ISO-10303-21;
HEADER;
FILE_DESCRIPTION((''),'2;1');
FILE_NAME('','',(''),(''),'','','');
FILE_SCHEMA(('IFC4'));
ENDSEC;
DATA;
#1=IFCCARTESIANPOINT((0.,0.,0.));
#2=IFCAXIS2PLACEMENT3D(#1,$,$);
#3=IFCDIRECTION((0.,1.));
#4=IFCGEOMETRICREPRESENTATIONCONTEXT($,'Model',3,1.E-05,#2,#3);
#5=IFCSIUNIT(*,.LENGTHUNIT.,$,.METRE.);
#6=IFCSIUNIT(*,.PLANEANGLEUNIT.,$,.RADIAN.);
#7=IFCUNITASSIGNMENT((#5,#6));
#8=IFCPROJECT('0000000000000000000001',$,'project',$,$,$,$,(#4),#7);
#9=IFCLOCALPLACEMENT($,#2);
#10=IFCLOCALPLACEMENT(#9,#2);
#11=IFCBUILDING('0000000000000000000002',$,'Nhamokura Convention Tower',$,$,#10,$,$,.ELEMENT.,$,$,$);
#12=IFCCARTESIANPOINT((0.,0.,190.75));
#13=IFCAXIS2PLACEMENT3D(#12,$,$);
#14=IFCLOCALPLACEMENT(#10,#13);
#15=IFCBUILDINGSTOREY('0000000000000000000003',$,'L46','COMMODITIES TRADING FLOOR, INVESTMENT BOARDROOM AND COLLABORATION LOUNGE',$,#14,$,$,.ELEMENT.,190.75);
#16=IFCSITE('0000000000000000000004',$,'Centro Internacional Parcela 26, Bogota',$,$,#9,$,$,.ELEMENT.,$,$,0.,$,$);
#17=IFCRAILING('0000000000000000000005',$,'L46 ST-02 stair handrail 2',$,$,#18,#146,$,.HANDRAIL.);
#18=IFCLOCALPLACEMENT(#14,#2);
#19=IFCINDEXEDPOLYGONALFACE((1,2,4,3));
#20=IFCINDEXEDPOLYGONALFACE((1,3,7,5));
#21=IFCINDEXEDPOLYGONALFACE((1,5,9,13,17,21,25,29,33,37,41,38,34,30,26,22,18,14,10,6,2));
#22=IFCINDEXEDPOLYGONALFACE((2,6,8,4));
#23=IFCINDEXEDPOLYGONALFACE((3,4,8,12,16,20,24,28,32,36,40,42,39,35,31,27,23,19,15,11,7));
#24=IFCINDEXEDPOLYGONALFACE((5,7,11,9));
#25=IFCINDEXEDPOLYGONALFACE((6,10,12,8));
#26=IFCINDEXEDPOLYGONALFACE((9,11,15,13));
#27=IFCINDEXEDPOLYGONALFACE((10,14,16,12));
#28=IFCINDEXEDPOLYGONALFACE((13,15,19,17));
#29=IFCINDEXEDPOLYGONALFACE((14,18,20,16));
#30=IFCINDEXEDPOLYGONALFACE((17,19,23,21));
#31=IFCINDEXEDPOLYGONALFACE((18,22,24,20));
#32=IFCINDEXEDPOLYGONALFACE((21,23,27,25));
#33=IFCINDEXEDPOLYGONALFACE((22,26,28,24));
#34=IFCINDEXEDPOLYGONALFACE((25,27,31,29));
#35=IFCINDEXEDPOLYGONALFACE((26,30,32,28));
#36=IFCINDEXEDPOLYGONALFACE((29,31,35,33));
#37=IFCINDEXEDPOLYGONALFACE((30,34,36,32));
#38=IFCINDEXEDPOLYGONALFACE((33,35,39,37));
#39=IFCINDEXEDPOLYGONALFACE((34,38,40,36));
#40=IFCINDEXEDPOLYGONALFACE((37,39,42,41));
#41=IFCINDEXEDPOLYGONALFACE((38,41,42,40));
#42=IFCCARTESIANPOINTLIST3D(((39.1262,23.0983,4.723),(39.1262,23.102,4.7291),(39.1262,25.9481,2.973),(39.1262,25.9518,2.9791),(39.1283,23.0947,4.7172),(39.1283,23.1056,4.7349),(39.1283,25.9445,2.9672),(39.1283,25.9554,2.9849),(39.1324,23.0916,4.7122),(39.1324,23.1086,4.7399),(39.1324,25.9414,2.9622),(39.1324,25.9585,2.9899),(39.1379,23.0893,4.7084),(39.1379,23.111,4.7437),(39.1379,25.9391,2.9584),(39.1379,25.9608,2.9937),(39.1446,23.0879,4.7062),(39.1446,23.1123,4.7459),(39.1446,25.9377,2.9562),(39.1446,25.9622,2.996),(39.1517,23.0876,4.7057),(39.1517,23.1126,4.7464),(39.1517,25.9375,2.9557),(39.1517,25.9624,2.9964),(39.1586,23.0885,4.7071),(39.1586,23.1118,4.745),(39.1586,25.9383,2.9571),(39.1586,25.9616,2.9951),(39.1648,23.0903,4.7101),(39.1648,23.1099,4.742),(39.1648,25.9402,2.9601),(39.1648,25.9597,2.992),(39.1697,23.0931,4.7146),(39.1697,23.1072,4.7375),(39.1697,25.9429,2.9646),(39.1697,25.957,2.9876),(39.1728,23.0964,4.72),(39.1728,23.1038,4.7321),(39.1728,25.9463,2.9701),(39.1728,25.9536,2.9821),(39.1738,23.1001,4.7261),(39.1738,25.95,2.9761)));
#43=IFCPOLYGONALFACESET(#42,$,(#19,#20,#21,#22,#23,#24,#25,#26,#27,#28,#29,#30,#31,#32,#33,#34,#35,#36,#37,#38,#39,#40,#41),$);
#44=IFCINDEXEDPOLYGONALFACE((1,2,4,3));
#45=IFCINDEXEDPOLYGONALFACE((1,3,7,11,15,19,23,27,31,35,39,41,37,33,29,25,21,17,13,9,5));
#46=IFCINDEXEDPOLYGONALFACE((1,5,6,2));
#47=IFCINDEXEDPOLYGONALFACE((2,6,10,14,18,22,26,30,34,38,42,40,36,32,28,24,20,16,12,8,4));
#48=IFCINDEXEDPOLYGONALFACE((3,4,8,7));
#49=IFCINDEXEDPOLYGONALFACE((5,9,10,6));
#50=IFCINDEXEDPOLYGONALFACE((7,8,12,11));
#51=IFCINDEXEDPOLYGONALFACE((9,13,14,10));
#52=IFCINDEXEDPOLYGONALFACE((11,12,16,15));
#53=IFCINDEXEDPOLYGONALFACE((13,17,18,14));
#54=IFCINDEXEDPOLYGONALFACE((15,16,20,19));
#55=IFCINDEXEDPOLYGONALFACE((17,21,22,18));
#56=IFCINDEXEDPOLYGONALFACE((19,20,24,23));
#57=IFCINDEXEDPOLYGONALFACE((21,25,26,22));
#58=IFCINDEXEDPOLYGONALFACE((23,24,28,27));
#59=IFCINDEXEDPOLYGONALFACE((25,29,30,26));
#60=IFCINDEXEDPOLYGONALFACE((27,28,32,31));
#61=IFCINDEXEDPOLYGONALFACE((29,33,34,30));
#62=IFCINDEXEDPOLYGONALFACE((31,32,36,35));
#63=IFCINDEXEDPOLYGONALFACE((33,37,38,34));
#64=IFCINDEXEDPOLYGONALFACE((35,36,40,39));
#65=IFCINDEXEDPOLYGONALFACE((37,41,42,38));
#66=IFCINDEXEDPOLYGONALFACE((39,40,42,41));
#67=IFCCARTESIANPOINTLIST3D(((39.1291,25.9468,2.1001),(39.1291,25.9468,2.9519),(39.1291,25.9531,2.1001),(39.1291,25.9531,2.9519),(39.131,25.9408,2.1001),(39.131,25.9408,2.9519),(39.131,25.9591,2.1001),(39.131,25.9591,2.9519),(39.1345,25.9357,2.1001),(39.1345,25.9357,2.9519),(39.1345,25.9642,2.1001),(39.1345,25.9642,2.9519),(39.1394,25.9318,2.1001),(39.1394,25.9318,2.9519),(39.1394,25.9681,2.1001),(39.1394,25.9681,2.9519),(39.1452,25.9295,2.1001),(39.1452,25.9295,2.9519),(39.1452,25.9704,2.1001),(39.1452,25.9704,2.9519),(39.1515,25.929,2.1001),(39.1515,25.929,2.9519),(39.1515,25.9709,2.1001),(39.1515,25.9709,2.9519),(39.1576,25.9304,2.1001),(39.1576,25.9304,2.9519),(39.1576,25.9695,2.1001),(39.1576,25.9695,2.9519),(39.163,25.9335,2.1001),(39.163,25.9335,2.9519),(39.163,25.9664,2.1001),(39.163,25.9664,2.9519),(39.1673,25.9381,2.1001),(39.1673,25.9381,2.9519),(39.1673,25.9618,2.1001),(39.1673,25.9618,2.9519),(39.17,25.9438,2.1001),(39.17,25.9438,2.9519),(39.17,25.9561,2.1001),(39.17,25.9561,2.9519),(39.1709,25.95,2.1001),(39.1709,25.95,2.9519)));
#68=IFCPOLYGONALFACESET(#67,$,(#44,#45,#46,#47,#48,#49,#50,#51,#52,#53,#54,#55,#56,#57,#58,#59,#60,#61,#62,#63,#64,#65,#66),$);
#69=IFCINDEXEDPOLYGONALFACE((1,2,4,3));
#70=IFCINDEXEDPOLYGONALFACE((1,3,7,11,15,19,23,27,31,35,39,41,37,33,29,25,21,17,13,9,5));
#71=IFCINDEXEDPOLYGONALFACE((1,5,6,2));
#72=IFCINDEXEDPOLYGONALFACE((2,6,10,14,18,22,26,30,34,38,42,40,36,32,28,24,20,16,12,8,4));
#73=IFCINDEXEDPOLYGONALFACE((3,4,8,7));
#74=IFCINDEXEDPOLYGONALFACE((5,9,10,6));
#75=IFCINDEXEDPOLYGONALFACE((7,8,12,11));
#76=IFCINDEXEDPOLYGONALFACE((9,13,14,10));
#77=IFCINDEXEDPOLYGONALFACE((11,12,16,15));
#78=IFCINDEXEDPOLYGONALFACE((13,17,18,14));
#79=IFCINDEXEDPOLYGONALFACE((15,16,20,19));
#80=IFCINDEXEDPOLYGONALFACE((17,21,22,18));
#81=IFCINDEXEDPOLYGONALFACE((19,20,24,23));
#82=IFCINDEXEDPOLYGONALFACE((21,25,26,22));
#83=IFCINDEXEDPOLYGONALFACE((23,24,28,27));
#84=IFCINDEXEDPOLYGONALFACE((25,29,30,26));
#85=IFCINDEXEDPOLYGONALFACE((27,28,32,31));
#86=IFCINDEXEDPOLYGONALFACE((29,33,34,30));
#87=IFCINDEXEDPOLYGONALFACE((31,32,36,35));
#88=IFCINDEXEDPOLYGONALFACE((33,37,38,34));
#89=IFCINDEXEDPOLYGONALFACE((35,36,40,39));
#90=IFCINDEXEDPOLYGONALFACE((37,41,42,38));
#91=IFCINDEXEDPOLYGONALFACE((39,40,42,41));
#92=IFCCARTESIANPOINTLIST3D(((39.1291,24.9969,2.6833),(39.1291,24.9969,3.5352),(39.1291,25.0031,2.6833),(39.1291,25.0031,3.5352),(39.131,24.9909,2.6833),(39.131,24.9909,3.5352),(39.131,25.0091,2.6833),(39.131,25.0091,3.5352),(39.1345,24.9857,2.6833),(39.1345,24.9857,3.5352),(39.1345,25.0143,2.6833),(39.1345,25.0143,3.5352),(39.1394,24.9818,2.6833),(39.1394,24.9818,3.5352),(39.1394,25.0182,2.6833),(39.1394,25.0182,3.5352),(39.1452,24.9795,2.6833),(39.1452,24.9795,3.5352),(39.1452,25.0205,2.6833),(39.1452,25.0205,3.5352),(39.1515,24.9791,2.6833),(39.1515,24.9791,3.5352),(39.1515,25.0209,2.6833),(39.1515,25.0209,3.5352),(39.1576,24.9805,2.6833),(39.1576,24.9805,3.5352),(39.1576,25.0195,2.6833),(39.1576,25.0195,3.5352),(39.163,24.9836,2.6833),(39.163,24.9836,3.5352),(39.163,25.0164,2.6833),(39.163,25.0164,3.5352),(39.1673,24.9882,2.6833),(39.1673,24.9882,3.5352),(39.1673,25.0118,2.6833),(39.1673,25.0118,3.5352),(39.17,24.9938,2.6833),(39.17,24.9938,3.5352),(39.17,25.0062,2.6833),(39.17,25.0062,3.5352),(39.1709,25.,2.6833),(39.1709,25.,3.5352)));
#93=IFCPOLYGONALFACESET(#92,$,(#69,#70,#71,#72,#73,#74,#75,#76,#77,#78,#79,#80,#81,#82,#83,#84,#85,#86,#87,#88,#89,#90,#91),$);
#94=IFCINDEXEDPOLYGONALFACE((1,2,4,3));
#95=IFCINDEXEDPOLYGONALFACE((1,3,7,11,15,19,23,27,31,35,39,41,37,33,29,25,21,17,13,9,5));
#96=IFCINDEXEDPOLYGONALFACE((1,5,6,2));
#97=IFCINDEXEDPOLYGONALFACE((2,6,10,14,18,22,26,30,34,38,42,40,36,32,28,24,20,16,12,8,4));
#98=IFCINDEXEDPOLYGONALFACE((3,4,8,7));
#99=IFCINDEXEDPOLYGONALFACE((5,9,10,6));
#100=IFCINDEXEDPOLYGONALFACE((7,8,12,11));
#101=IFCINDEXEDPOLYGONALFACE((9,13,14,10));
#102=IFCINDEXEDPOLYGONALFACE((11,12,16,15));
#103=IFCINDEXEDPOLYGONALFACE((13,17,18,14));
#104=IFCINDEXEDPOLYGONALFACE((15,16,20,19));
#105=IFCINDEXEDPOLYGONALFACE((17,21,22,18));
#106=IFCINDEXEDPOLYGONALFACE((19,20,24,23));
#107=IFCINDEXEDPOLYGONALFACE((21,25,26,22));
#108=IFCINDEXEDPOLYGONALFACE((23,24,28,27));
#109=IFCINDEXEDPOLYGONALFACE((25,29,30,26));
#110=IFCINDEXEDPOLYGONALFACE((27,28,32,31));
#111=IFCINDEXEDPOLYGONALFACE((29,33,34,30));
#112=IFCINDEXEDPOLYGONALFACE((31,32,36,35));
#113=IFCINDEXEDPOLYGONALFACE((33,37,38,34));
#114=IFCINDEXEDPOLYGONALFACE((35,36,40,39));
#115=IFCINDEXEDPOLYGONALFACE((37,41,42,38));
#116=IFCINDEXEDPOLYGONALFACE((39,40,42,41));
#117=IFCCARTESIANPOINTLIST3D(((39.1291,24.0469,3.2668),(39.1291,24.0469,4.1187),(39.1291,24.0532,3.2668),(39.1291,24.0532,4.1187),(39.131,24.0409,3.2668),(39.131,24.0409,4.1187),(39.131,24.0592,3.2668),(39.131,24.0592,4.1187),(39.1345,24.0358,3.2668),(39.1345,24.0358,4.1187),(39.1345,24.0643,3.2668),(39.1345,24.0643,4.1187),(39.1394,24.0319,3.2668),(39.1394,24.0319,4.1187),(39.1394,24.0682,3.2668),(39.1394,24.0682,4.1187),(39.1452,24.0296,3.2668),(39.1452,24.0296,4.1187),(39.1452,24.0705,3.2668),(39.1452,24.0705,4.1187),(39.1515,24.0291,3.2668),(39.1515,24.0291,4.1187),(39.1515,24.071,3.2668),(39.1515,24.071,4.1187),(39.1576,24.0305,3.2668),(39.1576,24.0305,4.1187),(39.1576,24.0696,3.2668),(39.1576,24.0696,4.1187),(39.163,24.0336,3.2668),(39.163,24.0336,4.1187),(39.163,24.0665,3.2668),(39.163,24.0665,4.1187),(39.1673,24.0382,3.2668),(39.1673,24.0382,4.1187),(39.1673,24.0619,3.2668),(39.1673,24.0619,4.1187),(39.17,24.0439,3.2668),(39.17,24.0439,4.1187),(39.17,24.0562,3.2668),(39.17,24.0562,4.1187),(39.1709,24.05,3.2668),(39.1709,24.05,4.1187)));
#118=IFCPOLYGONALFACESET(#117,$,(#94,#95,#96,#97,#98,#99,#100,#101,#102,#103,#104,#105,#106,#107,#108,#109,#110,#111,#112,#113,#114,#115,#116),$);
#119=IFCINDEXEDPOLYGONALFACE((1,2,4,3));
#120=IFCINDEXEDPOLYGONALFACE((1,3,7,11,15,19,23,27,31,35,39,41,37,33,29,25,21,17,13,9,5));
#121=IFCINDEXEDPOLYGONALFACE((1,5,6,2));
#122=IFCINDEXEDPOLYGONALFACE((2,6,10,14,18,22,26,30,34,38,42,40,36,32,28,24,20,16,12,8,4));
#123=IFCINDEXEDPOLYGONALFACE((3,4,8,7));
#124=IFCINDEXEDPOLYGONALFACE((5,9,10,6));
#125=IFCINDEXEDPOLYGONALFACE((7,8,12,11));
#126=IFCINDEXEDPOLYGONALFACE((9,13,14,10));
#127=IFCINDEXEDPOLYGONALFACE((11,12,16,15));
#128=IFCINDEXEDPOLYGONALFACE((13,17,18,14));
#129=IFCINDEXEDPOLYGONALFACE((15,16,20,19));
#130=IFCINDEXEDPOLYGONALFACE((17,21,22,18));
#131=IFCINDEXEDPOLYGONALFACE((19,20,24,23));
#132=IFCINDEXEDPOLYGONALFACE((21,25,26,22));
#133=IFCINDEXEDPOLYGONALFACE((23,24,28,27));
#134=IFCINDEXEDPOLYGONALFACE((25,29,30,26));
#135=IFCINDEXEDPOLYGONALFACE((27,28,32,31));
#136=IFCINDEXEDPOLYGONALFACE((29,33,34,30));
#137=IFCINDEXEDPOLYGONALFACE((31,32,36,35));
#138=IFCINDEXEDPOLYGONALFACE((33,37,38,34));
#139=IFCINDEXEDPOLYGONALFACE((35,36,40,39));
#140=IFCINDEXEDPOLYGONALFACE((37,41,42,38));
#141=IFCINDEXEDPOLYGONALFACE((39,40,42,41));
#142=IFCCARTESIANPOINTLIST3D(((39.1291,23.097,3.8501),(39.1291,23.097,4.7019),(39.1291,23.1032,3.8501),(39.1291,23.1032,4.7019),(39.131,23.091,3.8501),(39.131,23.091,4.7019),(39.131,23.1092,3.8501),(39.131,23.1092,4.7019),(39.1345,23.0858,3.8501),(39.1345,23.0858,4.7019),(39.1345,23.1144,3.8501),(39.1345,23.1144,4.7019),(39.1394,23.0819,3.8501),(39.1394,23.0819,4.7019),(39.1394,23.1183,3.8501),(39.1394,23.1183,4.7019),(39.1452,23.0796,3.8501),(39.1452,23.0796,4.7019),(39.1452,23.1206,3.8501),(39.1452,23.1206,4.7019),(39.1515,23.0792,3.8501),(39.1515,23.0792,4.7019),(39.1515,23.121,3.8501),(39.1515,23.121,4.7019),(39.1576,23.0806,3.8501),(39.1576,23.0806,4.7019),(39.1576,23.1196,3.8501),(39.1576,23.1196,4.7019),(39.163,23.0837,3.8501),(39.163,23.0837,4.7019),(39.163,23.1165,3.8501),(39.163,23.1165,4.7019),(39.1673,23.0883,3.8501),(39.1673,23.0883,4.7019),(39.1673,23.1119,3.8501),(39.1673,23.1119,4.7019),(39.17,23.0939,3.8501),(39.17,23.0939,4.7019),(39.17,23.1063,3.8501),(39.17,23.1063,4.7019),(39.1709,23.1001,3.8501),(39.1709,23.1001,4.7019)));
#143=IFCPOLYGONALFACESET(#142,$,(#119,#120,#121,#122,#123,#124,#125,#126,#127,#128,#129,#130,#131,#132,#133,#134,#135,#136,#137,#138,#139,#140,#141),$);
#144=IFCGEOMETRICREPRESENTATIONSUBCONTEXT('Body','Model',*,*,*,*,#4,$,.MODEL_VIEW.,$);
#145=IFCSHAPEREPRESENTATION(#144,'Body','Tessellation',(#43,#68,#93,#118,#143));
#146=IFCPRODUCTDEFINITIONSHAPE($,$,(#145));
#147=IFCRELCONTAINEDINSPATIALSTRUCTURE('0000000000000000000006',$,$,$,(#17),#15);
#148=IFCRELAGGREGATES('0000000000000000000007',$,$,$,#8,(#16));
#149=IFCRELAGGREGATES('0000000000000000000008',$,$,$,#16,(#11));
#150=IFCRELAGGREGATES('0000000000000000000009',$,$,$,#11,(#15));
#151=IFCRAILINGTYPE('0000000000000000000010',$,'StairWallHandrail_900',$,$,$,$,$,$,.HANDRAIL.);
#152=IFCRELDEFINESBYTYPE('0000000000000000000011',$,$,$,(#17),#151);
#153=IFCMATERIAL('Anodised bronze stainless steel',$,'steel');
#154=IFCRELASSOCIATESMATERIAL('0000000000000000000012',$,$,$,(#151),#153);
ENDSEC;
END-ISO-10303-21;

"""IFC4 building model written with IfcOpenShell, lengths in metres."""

from ifc_helpers import new_model, si_unit, direction, frame, origin, origin_2d, place, context, subcontext, project, spatial, circle, extrude, material, type_object, element, save


model = new_model("IFC4")

# Units and contexts
model_context = context("Model", 3, precision=1e-05, world=origin(), true_north=direction((0.0, 1.0)))
body_context = subcontext(model_context, "Body", "Model", "MODEL_VIEW")
ifc_project = project(units=[si_unit("LENGTHUNIT", "METRE"), si_unit("PLANEANGLEUNIT", "RADIAN")], contexts=[model_context])

# Site, building, storey
site_placement = place(None, origin())
site = spatial("IfcSite", under=ifc_project, at=site_placement, Name="Centro Internacional Parcela 26, Bogota", CompositionType="ELEMENT", RefElevation=0.0)
building_placement = place(site_placement, origin())
building = spatial("IfcBuilding", under=site, at=building_placement, Name="Nhamokura Convention Tower", CompositionType="ELEMENT")
storey_placement = place(building_placement, frame((0.0, 0.0, 190.75)))
storey = spatial("IfcBuildingStorey", under=building, at=storey_placement, Name="L46", Description="COMMODITIES TRADING FLOOR, INVESTMENT BOARDROOM AND COLLABORATION LOUNGE", CompositionType="ELEMENT", Elevation=190.75)

# Railing
ifc_material_1 = material(Name="Anodised bronze stainless steel", Category="steel")
railing_type_1 = type_object("IfcRailingType", Name="StairWallHandrail_900", PredefinedType="HANDRAIL", material=ifc_material_1)
railing_1_placement = place(storey_placement, frame((39.1499, 25.95, 2.1001)))
element("IfcRailing", 1, at=railing_1_placement, inside=storey, type_object=railing_type_1, Name="L46 ST-02 stair handrail 2", PredefinedType="HANDRAIL", context=body_context, shape_type="SweptSolid", body=[
    extrude(circle(Radius=0.0239, at=origin_2d()), frame((0.0, 0.0, 0.876), z_axis=(0.0, -0.852159, 0.523283), x_axis=(1.0, 0.0, 0.0)), (0.0, 0.0, 1.0), 3.3442),
    extrude(circle(Radius=0.021, at=origin_2d()), origin(), (0.0, 0.0, 1.0), 0.8518),
    extrude(circle(Radius=0.021, at=origin_2d()), frame((0.0, -0.95, 0.5833)), (0.0, 0.0, 1.0), 0.8518),
    extrude(circle(Radius=0.021, at=origin_2d()), frame((0.0, -1.8999, 1.1667)), (0.0, 0.0, 1.0), 0.8518),
    extrude(circle(Radius=0.021, at=origin_2d()), frame((0.0, -2.8499, 1.75)), (0.0, 0.0, 1.0), 0.8518),
])

save(model, "model.ifc")
